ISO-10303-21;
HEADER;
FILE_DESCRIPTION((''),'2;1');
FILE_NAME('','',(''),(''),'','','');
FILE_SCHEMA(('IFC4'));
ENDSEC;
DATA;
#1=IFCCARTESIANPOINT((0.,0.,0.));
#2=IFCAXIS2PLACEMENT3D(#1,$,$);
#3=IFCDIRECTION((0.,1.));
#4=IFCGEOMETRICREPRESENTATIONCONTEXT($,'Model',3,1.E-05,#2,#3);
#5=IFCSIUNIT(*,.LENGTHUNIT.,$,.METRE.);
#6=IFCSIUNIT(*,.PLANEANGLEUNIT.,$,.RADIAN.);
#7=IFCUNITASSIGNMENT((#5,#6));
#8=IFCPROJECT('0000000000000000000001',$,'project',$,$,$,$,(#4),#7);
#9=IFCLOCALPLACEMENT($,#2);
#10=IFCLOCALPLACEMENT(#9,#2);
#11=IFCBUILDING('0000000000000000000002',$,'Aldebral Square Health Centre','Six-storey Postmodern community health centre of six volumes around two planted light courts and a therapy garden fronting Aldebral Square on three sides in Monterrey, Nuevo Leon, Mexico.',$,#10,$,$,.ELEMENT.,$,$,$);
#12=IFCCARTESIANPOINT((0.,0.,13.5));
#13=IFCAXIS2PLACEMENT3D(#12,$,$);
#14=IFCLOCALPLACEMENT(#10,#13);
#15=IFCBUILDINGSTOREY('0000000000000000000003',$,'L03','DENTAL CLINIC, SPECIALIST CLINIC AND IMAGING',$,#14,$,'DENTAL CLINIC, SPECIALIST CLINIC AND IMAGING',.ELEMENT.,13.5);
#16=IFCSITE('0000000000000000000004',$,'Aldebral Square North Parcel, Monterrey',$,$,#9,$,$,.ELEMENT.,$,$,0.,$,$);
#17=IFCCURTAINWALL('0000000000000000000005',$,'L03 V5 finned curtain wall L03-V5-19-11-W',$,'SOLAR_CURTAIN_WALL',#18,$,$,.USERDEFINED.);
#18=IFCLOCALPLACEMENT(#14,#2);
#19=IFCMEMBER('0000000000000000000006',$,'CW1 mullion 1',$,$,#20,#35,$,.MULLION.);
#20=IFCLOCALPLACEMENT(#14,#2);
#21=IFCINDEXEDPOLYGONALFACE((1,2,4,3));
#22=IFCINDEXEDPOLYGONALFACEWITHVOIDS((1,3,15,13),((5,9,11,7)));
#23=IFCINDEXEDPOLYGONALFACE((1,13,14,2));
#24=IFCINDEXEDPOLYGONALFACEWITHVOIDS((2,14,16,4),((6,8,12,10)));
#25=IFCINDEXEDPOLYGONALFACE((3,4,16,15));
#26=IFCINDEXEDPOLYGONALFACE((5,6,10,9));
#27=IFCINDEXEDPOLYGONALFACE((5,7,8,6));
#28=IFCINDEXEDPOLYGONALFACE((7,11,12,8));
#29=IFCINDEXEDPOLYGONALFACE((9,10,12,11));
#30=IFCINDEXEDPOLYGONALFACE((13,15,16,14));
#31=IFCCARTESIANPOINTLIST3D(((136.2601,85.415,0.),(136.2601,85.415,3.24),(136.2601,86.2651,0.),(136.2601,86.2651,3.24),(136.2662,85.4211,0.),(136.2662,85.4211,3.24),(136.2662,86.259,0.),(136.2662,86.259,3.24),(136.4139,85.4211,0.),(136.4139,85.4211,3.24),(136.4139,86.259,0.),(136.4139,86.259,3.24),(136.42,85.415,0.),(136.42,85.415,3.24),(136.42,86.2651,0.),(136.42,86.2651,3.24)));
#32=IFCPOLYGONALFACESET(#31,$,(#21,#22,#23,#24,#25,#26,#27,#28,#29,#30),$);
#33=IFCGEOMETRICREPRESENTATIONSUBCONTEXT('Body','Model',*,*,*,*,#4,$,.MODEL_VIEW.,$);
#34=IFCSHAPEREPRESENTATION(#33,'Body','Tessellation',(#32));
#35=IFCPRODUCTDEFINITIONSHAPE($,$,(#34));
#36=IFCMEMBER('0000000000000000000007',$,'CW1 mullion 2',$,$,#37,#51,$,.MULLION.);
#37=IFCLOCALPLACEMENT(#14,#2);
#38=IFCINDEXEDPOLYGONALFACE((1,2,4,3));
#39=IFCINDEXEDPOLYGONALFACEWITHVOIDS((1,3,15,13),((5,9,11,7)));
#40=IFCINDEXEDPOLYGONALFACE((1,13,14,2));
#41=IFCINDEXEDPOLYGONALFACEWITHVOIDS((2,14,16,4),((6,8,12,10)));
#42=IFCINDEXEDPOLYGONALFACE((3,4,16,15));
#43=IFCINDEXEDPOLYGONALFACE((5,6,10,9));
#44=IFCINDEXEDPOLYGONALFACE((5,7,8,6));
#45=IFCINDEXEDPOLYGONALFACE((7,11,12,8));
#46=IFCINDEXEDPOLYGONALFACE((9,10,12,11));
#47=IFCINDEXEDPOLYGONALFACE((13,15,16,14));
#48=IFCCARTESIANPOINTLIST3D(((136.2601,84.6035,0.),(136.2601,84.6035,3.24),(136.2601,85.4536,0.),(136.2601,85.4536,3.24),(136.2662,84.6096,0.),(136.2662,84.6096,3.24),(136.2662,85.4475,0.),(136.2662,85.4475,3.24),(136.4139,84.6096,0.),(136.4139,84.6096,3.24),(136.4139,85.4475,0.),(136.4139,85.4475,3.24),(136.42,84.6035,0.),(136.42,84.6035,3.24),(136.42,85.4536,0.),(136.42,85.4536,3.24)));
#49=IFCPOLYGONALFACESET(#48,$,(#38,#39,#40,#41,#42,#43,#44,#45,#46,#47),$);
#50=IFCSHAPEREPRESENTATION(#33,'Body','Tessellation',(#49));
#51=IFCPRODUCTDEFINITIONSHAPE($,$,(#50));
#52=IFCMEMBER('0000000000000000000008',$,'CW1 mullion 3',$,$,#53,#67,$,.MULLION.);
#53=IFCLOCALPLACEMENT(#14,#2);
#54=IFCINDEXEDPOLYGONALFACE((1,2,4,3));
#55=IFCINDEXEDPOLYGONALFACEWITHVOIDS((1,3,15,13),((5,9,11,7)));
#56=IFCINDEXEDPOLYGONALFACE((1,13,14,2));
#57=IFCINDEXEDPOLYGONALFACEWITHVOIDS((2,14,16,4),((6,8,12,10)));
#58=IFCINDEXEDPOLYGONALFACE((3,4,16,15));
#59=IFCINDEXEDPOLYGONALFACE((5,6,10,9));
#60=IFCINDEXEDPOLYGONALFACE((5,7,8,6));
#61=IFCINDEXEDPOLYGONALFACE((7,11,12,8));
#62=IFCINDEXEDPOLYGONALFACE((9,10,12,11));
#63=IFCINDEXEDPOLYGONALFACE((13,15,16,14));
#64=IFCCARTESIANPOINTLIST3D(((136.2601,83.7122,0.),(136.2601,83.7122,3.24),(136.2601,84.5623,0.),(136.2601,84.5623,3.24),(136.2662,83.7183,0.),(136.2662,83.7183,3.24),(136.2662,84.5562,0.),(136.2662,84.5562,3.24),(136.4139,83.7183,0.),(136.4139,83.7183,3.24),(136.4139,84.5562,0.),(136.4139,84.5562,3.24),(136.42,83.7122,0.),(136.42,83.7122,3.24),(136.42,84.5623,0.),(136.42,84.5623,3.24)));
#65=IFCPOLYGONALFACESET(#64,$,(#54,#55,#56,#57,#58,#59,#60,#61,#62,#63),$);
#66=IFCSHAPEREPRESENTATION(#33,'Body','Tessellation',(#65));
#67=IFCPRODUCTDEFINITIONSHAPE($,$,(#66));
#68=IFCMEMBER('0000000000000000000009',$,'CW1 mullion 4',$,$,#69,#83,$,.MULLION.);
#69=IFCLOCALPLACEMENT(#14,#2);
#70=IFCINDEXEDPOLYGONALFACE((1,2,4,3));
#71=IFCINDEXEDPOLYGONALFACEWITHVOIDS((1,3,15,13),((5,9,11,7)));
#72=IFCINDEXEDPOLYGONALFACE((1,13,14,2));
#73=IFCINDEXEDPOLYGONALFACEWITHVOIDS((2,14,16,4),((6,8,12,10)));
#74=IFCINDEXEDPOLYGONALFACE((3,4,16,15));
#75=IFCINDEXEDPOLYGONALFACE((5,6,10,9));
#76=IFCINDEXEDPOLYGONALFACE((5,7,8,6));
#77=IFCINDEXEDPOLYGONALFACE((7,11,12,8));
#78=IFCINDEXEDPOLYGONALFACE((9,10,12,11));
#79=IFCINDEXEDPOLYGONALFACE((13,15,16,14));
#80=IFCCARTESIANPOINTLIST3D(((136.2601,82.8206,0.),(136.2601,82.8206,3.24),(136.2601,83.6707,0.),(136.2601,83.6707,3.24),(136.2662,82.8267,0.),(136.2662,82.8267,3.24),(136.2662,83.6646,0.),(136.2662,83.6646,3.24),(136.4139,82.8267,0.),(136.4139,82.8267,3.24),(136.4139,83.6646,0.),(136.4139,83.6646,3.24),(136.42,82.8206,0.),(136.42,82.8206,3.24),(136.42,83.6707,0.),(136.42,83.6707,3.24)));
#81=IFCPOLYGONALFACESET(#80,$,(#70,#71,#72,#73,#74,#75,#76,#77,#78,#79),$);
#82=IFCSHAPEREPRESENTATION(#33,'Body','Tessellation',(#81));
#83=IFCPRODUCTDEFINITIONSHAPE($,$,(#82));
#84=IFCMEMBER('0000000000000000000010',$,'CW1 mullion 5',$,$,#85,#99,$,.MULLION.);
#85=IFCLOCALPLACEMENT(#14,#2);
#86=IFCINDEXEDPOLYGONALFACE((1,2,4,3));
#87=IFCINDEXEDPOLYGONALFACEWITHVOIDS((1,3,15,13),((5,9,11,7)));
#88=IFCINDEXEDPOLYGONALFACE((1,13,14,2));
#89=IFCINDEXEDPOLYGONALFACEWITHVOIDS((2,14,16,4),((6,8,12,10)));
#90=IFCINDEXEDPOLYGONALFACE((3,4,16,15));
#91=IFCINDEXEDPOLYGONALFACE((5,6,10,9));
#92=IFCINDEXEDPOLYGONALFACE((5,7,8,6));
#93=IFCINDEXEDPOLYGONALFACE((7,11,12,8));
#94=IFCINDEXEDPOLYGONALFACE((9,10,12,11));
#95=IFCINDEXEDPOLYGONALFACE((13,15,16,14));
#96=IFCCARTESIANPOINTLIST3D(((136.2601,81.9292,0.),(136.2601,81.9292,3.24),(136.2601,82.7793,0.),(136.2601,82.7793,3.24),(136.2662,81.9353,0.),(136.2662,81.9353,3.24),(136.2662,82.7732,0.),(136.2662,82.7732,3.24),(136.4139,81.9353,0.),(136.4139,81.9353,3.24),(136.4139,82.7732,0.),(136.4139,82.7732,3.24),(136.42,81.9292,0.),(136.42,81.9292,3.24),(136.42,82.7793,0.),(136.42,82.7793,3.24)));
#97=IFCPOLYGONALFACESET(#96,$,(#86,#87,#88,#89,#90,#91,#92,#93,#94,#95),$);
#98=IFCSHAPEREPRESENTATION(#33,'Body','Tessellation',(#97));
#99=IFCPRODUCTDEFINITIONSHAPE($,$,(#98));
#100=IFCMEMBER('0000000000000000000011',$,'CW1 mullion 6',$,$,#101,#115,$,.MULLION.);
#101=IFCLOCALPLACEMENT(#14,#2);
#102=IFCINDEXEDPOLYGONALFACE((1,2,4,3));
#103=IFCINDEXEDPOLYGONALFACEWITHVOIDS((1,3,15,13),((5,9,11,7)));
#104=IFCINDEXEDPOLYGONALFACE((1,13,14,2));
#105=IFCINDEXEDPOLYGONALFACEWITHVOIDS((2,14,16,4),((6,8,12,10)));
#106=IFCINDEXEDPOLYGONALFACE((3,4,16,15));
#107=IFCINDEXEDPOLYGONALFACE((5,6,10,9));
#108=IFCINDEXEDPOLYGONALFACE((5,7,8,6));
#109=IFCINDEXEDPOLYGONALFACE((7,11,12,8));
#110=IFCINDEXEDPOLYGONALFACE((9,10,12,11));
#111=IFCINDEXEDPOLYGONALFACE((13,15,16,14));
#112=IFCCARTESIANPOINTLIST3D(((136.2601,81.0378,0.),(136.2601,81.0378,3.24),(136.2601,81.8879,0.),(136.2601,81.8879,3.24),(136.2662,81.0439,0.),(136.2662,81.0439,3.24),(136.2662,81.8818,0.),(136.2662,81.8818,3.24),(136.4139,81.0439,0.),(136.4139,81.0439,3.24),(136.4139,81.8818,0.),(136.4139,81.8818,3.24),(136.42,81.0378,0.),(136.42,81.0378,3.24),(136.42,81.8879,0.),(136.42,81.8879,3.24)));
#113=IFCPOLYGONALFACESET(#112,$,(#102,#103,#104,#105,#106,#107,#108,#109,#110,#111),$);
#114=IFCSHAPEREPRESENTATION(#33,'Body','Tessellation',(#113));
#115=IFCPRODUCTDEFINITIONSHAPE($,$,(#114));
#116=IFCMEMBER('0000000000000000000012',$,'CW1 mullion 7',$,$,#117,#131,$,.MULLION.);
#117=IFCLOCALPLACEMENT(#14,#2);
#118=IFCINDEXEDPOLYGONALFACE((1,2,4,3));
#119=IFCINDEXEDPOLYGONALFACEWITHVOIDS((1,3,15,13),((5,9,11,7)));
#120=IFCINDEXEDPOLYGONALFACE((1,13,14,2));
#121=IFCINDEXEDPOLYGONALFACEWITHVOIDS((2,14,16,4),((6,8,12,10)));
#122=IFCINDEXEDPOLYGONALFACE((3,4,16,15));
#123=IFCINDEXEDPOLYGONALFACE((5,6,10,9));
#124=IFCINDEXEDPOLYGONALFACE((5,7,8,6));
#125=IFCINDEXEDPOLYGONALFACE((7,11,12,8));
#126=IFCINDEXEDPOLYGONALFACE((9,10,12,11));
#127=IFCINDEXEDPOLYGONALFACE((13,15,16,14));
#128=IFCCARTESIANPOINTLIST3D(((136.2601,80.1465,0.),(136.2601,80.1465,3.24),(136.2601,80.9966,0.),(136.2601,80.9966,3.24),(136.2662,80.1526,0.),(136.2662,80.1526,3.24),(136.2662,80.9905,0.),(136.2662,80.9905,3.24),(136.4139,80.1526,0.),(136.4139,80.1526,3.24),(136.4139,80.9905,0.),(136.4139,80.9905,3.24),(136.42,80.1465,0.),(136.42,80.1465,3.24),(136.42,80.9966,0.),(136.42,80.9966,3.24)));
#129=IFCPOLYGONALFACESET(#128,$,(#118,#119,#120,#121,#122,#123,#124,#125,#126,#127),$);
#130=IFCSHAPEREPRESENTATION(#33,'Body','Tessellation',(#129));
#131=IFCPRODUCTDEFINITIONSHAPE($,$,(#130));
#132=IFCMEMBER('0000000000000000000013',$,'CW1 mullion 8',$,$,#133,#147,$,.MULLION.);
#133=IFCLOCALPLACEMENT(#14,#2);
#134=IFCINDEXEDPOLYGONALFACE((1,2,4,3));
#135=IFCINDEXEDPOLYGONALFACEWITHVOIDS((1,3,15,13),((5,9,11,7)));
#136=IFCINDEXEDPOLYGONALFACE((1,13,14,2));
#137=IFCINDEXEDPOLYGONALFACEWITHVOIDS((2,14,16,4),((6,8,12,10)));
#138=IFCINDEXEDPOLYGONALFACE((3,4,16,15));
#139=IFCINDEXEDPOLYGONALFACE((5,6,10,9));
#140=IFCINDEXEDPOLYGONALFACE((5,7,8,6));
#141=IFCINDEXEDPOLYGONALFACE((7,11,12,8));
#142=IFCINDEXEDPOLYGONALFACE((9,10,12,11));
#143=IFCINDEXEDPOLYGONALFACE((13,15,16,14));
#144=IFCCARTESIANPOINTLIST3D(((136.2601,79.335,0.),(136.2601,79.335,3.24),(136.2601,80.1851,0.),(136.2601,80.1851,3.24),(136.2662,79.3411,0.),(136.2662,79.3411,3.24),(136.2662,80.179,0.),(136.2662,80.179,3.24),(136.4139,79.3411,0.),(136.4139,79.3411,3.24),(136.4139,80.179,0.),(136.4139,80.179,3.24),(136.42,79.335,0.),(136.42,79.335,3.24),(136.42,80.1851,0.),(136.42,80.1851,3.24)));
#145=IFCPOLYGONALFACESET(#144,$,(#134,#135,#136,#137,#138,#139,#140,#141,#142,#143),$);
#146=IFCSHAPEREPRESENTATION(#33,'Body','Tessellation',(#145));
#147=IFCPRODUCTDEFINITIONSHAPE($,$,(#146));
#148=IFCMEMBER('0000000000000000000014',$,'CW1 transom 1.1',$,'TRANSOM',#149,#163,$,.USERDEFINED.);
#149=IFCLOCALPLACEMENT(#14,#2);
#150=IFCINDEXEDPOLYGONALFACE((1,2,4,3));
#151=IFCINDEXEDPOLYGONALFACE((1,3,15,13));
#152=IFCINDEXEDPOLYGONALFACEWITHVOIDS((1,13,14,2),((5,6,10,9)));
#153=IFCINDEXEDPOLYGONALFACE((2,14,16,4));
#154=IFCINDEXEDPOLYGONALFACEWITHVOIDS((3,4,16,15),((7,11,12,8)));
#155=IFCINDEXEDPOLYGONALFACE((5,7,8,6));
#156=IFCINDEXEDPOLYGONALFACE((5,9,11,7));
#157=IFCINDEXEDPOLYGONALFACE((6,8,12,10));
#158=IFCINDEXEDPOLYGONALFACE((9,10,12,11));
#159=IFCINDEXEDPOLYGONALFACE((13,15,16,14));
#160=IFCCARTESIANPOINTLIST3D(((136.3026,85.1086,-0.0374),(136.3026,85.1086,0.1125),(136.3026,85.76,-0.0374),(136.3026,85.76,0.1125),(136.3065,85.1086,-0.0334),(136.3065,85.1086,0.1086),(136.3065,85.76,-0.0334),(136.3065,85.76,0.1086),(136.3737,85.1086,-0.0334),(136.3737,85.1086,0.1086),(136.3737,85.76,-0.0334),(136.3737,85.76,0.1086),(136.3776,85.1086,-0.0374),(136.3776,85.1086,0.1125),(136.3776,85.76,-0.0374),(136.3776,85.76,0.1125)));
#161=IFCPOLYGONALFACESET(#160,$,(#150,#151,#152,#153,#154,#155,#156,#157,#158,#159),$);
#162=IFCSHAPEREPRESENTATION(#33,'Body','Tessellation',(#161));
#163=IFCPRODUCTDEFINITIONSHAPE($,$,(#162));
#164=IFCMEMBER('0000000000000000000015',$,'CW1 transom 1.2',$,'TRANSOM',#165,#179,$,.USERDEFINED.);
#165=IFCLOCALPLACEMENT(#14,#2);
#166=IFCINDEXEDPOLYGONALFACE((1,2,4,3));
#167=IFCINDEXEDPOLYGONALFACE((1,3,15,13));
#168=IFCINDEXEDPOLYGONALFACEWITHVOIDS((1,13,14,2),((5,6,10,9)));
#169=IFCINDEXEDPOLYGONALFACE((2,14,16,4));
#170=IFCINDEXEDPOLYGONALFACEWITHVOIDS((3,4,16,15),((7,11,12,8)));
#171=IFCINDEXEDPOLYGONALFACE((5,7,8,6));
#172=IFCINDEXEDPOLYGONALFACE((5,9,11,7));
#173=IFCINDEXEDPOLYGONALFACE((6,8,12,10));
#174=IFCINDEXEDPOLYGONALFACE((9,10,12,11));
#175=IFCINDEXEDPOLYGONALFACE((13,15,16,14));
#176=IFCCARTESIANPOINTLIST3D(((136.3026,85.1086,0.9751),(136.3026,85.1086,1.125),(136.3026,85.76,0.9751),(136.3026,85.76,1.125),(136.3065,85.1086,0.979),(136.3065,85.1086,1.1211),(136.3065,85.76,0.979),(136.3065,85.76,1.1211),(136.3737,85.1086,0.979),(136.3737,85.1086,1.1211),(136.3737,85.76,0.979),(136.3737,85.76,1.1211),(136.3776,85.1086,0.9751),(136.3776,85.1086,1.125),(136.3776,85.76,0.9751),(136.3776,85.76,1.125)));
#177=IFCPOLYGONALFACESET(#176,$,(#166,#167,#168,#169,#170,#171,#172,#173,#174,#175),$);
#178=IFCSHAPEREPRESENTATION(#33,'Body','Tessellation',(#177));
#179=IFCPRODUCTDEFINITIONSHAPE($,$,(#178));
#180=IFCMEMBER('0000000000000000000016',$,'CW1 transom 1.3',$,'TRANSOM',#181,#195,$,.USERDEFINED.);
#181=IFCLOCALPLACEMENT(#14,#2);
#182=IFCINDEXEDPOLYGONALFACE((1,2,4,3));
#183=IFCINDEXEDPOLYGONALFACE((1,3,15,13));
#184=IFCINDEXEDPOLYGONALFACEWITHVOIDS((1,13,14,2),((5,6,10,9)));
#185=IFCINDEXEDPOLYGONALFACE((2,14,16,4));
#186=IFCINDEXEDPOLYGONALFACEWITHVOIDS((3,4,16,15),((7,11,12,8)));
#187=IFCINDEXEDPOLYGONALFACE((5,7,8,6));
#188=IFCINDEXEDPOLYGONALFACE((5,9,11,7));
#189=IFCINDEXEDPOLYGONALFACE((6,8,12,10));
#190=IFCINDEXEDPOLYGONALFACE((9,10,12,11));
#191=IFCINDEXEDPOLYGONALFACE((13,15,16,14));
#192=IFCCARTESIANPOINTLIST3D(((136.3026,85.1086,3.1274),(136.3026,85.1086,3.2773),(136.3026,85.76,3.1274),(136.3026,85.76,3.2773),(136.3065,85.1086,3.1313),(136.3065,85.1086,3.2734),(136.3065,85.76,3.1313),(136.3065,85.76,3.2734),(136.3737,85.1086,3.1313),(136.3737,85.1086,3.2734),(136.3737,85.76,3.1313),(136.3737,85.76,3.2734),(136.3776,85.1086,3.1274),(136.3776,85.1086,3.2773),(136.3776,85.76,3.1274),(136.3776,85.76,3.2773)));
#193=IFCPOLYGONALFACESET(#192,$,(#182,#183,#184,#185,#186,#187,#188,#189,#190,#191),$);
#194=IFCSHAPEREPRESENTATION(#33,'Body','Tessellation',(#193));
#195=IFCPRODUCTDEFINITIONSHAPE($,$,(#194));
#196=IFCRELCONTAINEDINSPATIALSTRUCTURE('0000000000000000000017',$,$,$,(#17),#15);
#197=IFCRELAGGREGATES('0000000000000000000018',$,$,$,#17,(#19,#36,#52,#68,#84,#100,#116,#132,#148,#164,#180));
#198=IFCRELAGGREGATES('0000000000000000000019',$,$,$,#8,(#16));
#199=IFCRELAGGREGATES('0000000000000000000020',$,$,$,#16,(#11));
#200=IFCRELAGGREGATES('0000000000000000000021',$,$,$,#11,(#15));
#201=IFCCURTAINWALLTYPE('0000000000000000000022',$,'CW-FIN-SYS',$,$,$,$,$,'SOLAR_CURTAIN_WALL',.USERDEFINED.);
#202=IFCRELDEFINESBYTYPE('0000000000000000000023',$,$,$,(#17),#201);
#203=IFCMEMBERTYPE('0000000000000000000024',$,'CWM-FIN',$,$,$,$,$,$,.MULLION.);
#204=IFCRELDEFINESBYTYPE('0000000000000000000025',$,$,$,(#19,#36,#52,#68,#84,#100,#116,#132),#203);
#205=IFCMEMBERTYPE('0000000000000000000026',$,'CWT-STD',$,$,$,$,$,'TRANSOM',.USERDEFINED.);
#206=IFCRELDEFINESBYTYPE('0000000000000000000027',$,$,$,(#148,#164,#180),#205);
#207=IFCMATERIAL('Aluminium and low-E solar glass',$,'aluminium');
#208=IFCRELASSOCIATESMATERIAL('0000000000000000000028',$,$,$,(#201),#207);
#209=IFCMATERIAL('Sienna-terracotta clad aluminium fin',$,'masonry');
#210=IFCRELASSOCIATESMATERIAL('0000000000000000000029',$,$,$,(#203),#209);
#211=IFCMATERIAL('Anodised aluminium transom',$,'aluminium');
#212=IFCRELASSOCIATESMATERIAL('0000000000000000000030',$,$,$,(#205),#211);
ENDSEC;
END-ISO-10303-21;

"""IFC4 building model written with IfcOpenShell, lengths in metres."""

from ifc_helpers import new_model, si_unit, direction, frame, origin, origin_2d, place, context, subcontext, project, spatial, hollow_rectangle, extrude, material, material_profile, profile_set, type_object, element, aggregate, save


model = new_model("IFC4")

# Units and contexts
model_context = context("Model", 3, precision=1e-05, world=origin(), true_north=direction((0.0, 1.0)))
body_context = subcontext(model_context, "Body", "Model", "MODEL_VIEW")
ifc_project = project(units=[si_unit("LENGTHUNIT", "METRE"), si_unit("PLANEANGLEUNIT", "RADIAN")], contexts=[model_context])

# Site, building, storey
site_placement = place(None, origin())
site = spatial("IfcSite", under=ifc_project, at=site_placement, Name="Aldebral Square North Parcel, Monterrey", CompositionType="ELEMENT", RefElevation=0.0)
building_placement = place(site_placement, origin())
building = spatial("IfcBuilding", under=site, at=building_placement, Name="Aldebral Square Health Centre", Description="Six-storey Postmodern community health centre of six volumes around two planted light courts and a therapy garden fronting Aldebral Square on three sides in Monterrey, Nuevo Leon, Mexico.", CompositionType="ELEMENT")
storey_placement = place(building_placement, frame((0.0, 0.0, 13.5)))
storey = spatial("IfcBuildingStorey", under=building, at=storey_placement, Name="L03", Description="DENTAL CLINIC, SPECIALIST CLINIC AND IMAGING", LongName="DENTAL CLINIC, SPECIALIST CLINIC AND IMAGING", CompositionType="ELEMENT", Elevation=13.5)

# Curtain wall, members
ifc_material_1 = material(Name="Aluminium and low-E solar glass", Category="aluminium")
curtain_wall_type = type_object("IfcCurtainWallType", Name="CW-FIN-SYS", ElementType="SOLAR_CURTAIN_WALL", PredefinedType="USERDEFINED", material=ifc_material_1)
curtain_wall_1_placement = place(storey_placement, origin())
curtain_wall_1 = element("IfcCurtainWall", 1, at=curtain_wall_1_placement, inside=storey, type_object=curtain_wall_type, Name="L03 V5 finned curtain wall L03-V5-19-11-W", ObjectType="SOLAR_CURTAIN_WALL", PredefinedType="USERDEFINED")
ifc_material_2 = material(Name="Sienna-terracotta clad aluminium fin", Category="masonry")
ifc_material_profile_1 = material_profile(ifc_material_2, hollow_rectangle(XDim=0.1599, YDim=0.8501, WallThickness=0.0061, at=origin_2d()), Name="FIN 160x850x6")
ifc_profile_set_1 = profile_set([ifc_material_profile_1], Name="Sienna-terracotta clad aluminium fin")
member_type_1 = type_object("IfcMemberType", Name="CWM-FIN", PredefinedType="MULLION", material=ifc_profile_set_1)
member_1_placement = place(storey_placement, frame((136.3401, 85.8401, 0.0), z_axis=(0.0, 0.0, 1.0), x_axis=(1.0, 0.0, 0.0)))
member_1 = element("IfcMember", 2, at=member_1_placement, type_object=member_type_1, Name="CW1 mullion 1", PredefinedType="MULLION", context=body_context, shape_type="SweptSolid", body=[
    extrude(hollow_rectangle(XDim=0.1599, YDim=0.8501, WallThickness=0.0061, at=origin_2d()), origin(), (0.0, 0.0, 1.0), 3.24),
])
member_2_placement = place(storey_placement, frame((136.3401, 85.0286, 0.0), z_axis=(0.0, 0.0, 1.0), x_axis=(1.0, 0.0, 0.0)))
member_2 = element("IfcMember", 3, at=member_2_placement, type_object=member_type_1, Name="CW1 mullion 2", PredefinedType="MULLION", context=body_context, shape_type="SweptSolid", body=[
    extrude(hollow_rectangle(XDim=0.1599, YDim=0.8501, WallThickness=0.0061, at=origin_2d()), origin(), (0.0, 0.0, 1.0), 3.24),
])
member_3_placement = place(storey_placement, frame((136.3401, 84.1372, 0.0), z_axis=(0.0, 0.0, 1.0), x_axis=(1.0, 0.0, 0.0)))
member_3 = element("IfcMember", 4, at=member_3_placement, type_object=member_type_1, Name="CW1 mullion 3", PredefinedType="MULLION", context=body_context, shape_type="SweptSolid", body=[
    extrude(hollow_rectangle(XDim=0.1599, YDim=0.8501, WallThickness=0.0061, at=origin_2d()), origin(), (0.0, 0.0, 1.0), 3.24),
])
member_4_placement = place(storey_placement, frame((136.3401, 83.2456, 0.0), z_axis=(0.0, 0.0, 1.0), x_axis=(1.0, 0.0, 0.0)))
member_4 = element("IfcMember", 5, at=member_4_placement, type_object=member_type_1, Name="CW1 mullion 4", PredefinedType="MULLION", context=body_context, shape_type="SweptSolid", body=[
    extrude(hollow_rectangle(XDim=0.1599, YDim=0.8501, WallThickness=0.0061, at=origin_2d()), origin(), (0.0, 0.0, 1.0), 3.24),
])
member_5_placement = place(storey_placement, frame((136.3401, 82.3542, 0.0), z_axis=(0.0, 0.0, 1.0), x_axis=(1.0, 0.0, 0.0)))
member_5 = element("IfcMember", 6, at=member_5_placement, type_object=member_type_1, Name="CW1 mullion 5", PredefinedType="MULLION", context=body_context, shape_type="SweptSolid", body=[
    extrude(hollow_rectangle(XDim=0.1599, YDim=0.8501, WallThickness=0.0061, at=origin_2d()), origin(), (0.0, 0.0, 1.0), 3.24),
])
member_6_placement = place(storey_placement, frame((136.3401, 81.4629, 0.0), z_axis=(0.0, 0.0, 1.0), x_axis=(1.0, 0.0, 0.0)))
member_6 = element("IfcMember", 7, at=member_6_placement, type_object=member_type_1, Name="CW1 mullion 6", PredefinedType="MULLION", context=body_context, shape_type="SweptSolid", body=[
    extrude(hollow_rectangle(XDim=0.1599, YDim=0.8501, WallThickness=0.0061, at=origin_2d()), origin(), (0.0, 0.0, 1.0), 3.24),
])
member_7_placement = place(storey_placement, frame((136.3401, 80.5715, 0.0), z_axis=(0.0, 0.0, 1.0), x_axis=(1.0, 0.0, 0.0)))
member_7 = element("IfcMember", 8, at=member_7_placement, type_object=member_type_1, Name="CW1 mullion 7", PredefinedType="MULLION", context=body_context, shape_type="SweptSolid", body=[
    extrude(hollow_rectangle(XDim=0.1599, YDim=0.8501, WallThickness=0.0061, at=origin_2d()), origin(), (0.0, 0.0, 1.0), 3.24),
])
member_8_placement = place(storey_placement, frame((136.3401, 79.76, 0.0), z_axis=(0.0, 0.0, 1.0), x_axis=(1.0, 0.0, 0.0)))
member_8 = element("IfcMember", 9, at=member_8_placement, type_object=member_type_1, Name="CW1 mullion 8", PredefinedType="MULLION", context=body_context, shape_type="SweptSolid", body=[
    extrude(hollow_rectangle(XDim=0.1599, YDim=0.8501, WallThickness=0.0061, at=origin_2d()), origin(), (0.0, 0.0, 1.0), 3.24),
])
ifc_material_3 = material(Name="Anodised aluminium transom", Category="aluminium")
ifc_material_profile_2 = material_profile(ifc_material_3, hollow_rectangle(XDim=0.075, YDim=0.1499, WallThickness=0.0039, at=origin_2d()), Name="CWT 75x150x4")
ifc_profile_set_2 = profile_set([ifc_material_profile_2], Name="Anodised aluminium transom")
member_type_2 = type_object("IfcMemberType", Name="CWT-STD", ElementType="TRANSOM", PredefinedType="USERDEFINED", material=ifc_profile_set_2)
member_9_placement = place(storey_placement, frame((136.3401, 85.76, 0.0376), z_axis=(0.0, -1.0, 0.0), x_axis=(1.0, 0.0, 0.0)))
member_9 = element("IfcMember", 10, at=member_9_placement, type_object=member_type_2, Name="CW1 transom 1.1", ObjectType="TRANSOM", PredefinedType="USERDEFINED", context=body_context, shape_type="SweptSolid", body=[
    extrude(hollow_rectangle(XDim=0.075, YDim=0.1499, WallThickness=0.0039, at=origin_2d()), origin(), (0.0, 0.0, 1.0), 0.6514),
])
member_10_placement = place(storey_placement, frame((136.3401, 85.76, 1.05), z_axis=(0.0, -1.0, 0.0), x_axis=(1.0, 0.0, 0.0)))
member_10 = element("IfcMember", 11, at=member_10_placement, type_object=member_type_2, Name="CW1 transom 1.2", ObjectType="TRANSOM", PredefinedType="USERDEFINED", context=body_context, shape_type="SweptSolid", body=[
    extrude(hollow_rectangle(XDim=0.075, YDim=0.1499, WallThickness=0.0039, at=origin_2d()), origin(), (0.0, 0.0, 1.0), 0.6514),
])
member_11_placement = place(storey_placement, frame((136.3401, 85.76, 3.2024), z_axis=(0.0, -1.0, 0.0), x_axis=(1.0, 0.0, 0.0)))
member_11 = element("IfcMember", 12, at=member_11_placement, type_object=member_type_2, Name="CW1 transom 1.3", ObjectType="TRANSOM", PredefinedType="USERDEFINED", context=body_context, shape_type="SweptSolid", body=[
    extrude(hollow_rectangle(XDim=0.075, YDim=0.1499, WallThickness=0.0039, at=origin_2d()), origin(), (0.0, 0.0, 1.0), 0.6514),
])

aggregate(curtain_wall_1, [member_1, member_2, member_3, member_4, member_5, member_6, member_7, member_8, member_9, member_10, member_11])

save(model, "model.ifc")
